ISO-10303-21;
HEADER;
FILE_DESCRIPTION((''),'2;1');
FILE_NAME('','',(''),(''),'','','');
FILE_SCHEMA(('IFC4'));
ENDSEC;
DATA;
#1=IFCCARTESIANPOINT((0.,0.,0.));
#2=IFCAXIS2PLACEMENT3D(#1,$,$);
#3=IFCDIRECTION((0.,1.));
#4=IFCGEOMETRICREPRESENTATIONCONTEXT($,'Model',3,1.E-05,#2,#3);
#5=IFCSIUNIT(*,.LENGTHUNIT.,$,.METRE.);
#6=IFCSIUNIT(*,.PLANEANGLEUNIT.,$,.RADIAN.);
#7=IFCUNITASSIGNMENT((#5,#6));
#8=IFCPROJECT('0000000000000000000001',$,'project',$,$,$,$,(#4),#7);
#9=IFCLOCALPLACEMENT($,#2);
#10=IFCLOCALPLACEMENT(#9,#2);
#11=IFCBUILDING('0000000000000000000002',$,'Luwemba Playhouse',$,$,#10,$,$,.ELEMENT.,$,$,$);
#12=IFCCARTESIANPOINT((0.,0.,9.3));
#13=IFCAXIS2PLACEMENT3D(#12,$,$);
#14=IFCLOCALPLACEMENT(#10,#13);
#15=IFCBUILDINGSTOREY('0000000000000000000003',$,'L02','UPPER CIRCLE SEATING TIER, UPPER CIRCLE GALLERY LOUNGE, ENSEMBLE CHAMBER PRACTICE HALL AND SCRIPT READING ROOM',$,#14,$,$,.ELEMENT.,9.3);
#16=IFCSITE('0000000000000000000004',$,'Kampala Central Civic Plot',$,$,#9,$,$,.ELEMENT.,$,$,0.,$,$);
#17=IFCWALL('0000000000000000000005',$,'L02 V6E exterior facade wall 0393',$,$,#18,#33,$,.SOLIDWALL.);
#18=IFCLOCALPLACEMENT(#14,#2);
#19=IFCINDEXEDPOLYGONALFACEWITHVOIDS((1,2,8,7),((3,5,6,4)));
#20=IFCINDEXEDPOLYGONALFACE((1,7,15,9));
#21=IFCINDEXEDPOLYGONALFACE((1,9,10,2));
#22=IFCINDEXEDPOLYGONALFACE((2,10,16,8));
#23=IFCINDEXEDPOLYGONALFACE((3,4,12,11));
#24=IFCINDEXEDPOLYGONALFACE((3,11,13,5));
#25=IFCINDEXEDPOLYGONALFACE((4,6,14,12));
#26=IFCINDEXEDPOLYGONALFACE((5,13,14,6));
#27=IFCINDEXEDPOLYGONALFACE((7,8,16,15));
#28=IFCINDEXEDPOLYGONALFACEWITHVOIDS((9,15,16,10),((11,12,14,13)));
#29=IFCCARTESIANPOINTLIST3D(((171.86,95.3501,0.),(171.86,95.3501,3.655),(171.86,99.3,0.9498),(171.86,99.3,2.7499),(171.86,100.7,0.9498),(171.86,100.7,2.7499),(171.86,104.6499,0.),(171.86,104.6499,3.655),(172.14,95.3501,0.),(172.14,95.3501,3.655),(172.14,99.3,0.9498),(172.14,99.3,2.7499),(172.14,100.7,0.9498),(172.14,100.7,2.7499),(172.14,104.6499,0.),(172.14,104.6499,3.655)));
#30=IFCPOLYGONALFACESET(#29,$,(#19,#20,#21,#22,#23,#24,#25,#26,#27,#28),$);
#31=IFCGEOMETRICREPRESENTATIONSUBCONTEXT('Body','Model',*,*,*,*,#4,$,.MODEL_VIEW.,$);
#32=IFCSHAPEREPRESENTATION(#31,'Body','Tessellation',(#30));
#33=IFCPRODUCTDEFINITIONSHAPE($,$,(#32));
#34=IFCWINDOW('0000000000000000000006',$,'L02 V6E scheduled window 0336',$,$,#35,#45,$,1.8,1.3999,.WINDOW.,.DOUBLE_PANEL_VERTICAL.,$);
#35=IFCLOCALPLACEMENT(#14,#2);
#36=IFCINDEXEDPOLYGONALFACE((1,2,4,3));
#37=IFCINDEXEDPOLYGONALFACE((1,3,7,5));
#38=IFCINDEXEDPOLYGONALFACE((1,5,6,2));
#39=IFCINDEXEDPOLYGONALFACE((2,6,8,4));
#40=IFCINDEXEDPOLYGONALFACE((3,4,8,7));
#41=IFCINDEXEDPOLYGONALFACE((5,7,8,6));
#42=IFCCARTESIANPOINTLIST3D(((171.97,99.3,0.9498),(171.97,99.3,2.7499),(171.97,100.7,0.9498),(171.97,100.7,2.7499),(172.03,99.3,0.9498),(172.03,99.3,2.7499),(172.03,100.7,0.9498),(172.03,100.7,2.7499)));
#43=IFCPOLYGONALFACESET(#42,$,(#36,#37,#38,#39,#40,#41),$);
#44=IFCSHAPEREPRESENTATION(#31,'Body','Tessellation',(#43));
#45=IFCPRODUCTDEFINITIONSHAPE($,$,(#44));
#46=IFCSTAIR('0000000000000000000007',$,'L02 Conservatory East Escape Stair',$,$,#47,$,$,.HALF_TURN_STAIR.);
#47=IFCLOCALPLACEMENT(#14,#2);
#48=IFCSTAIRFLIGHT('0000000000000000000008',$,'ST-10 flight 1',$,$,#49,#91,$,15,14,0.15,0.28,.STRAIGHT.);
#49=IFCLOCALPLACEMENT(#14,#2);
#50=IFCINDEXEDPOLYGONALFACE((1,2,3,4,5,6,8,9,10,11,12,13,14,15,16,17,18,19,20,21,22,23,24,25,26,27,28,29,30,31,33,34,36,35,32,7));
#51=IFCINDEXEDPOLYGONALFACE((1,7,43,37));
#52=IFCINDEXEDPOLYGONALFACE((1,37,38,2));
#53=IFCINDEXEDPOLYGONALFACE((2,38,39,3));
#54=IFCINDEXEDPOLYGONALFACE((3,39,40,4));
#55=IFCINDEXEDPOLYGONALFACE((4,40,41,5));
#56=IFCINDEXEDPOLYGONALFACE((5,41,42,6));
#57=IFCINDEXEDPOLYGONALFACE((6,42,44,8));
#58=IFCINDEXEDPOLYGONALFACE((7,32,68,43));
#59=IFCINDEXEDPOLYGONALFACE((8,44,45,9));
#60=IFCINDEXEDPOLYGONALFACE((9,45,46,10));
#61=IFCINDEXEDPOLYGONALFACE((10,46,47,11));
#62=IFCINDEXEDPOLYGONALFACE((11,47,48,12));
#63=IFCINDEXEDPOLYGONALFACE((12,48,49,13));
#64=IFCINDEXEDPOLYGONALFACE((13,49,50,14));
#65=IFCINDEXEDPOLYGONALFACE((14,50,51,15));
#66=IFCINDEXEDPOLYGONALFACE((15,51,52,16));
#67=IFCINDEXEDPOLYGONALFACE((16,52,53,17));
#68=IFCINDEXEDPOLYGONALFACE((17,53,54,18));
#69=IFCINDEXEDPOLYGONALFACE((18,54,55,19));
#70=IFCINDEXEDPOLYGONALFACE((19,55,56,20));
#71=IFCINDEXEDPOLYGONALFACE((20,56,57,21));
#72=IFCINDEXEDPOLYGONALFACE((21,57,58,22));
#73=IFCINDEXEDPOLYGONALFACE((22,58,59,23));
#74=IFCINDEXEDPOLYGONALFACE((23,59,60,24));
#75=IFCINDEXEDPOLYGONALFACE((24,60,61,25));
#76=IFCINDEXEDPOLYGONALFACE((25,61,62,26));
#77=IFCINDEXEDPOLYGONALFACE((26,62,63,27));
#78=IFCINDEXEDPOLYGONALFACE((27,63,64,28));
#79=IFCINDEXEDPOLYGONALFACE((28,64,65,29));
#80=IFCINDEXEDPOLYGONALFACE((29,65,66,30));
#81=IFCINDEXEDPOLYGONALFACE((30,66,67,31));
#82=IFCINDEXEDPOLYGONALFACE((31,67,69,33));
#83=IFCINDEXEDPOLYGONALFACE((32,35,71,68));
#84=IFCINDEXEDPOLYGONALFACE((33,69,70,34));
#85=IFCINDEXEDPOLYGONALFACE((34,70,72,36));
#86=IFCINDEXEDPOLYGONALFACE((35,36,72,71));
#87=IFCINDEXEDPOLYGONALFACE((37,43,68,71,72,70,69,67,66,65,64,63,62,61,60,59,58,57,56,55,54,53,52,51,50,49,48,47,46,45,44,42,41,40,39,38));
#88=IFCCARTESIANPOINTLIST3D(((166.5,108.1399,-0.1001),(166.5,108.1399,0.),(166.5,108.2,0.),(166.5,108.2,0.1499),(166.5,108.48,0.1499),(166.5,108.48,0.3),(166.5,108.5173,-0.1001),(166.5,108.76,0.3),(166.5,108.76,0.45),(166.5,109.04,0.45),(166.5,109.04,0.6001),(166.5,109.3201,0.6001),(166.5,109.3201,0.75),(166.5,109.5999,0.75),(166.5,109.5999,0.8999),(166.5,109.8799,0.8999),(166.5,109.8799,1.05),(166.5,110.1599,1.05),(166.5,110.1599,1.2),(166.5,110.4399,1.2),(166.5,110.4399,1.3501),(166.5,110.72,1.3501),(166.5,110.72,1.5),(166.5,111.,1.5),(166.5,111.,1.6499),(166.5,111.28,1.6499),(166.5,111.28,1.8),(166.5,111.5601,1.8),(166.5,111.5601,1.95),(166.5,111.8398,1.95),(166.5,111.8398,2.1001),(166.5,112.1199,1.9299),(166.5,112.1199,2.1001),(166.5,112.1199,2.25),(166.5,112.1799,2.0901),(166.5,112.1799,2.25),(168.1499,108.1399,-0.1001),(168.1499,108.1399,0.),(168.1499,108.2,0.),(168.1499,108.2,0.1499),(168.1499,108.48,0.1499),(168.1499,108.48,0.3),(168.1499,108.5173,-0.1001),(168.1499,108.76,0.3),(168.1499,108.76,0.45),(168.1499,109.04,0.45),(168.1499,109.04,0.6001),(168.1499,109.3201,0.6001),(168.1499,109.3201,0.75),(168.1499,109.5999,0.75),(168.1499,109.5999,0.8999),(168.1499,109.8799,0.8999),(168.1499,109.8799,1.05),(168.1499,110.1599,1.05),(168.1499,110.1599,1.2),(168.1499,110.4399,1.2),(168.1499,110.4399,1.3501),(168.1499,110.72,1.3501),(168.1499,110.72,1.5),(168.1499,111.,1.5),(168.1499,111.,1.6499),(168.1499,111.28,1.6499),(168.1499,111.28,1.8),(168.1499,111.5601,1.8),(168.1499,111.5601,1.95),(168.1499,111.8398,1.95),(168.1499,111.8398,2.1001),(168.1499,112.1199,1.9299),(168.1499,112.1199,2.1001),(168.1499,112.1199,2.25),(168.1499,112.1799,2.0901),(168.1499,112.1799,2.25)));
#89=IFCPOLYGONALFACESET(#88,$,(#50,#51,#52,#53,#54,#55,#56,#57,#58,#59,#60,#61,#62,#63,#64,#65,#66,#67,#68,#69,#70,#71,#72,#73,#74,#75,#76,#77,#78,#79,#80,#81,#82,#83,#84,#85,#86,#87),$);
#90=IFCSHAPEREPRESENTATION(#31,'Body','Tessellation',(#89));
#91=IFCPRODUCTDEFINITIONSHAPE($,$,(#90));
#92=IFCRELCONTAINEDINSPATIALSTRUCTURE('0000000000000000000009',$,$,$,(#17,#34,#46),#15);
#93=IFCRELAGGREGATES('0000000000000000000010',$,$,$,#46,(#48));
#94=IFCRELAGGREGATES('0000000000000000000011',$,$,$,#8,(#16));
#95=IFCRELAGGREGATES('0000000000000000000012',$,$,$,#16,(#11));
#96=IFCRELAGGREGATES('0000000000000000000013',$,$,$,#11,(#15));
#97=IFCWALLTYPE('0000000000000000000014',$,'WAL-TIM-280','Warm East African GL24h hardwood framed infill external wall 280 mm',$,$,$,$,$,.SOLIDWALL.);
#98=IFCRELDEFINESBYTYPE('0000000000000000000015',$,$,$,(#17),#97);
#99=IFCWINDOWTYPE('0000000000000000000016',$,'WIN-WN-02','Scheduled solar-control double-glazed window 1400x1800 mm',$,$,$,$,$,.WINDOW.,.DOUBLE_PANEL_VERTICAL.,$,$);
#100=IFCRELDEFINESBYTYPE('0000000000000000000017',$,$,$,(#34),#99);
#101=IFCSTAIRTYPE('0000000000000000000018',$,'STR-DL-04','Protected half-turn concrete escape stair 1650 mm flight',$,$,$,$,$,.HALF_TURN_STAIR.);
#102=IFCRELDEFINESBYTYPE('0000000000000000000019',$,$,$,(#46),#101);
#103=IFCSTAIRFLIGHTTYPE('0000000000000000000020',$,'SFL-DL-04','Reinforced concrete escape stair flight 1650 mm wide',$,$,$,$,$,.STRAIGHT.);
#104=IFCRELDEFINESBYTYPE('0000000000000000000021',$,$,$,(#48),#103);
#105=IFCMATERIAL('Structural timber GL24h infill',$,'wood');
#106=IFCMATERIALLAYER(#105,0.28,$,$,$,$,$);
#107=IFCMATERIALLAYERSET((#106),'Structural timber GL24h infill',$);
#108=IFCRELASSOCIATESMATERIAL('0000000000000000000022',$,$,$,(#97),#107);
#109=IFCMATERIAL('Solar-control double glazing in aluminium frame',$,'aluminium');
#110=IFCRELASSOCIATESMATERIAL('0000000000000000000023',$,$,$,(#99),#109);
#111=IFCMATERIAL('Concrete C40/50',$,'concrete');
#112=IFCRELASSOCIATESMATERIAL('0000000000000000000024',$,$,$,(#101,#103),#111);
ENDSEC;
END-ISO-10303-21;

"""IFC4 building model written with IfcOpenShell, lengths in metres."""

from ifc_helpers import new_model, si_unit, direction, frame, frame_2d, origin, place, context, subcontext, project, spatial, polyline, rectangle, outline, extrude, material, layer, layer_set, type_object, element, fill, aggregate, save


model = new_model("IFC4")

# Units and contexts
model_context = context("Model", 3, precision=1e-05, world=origin(), true_north=direction((0.0, 1.0)))
body_context = subcontext(model_context, "Body", "Model", "MODEL_VIEW")
ifc_project = project(units=[si_unit("LENGTHUNIT", "METRE"), si_unit("PLANEANGLEUNIT", "RADIAN")], contexts=[model_context])

# Site, building, storey
site_placement = place(None, origin())
site = spatial("IfcSite", under=ifc_project, at=site_placement, Name="Kampala Central Civic Plot", CompositionType="ELEMENT", RefElevation=0.0)
building_placement = place(site_placement, origin())
building = spatial("IfcBuilding", under=site, at=building_placement, Name="Luwemba Playhouse", CompositionType="ELEMENT")
storey_placement = place(building_placement, frame((0.0, 0.0, 9.3)))
storey = spatial("IfcBuildingStorey", under=building, at=storey_placement, Name="L02", Description="UPPER CIRCLE SEATING TIER, UPPER CIRCLE GALLERY LOUNGE, ENSEMBLE CHAMBER PRACTICE HALL AND SCRIPT READING ROOM", CompositionType="ELEMENT", Elevation=9.3)

# Shared definitions
ifc_material_1 = material(Name="Concrete C40/50", Category="concrete")

# Wall, opening, window
ifc_material_2 = material(Name="Structural timber GL24h infill", Category="wood")
ifc_layer_1 = layer(ifc_material_2, 0.28)
ifc_layer_set_1 = layer_set([ifc_layer_1], Name="Structural timber GL24h infill")
wall_type_1 = type_object("IfcWallType", Name="WAL-TIM-280", Description="Warm East African GL24h hardwood framed infill external wall 280 mm", PredefinedType="SOLIDWALL", material=ifc_layer_set_1)
wall_1_placement = place(storey_placement, frame((172.0, 104.6499, 0.0), z_axis=(0.0, 0.0, 1.0), x_axis=(0.0, -1.0, 0.0)))
wall_1 = element("IfcWall", 1, at=wall_1_placement, inside=storey, type_object=wall_type_1, Name="L02 V6E exterior facade wall 0393", PredefinedType="SOLIDWALL", context=body_context, shape_type="SweptSolid", body=[
    extrude(rectangle(XDim=9.2998, YDim=0.28, at=frame_2d((4.6499, 0.0))), origin(), (0.0, 0.0, 1.0), 3.655),
])
opening_1_placement = place(wall_1_placement, frame((3.95, 0.0, 0.95)))
opening_1 = element("IfcOpeningElement", 2, at=opening_1_placement, cuts=wall_1, PredefinedType="OPENING", context=body_context, shape_type="SweptSolid", body=[
    extrude(rectangle(XDim=1.3999, YDim=1.8, at=frame_2d((0.7, 0.8999))), frame((0.0, 0.1499, 0.0), z_axis=(0.0, -1.0, 0.0), x_axis=(1.0, 0.0, 0.0)), (0.0, 0.0, 1.0), 0.3),
])
ifc_material_3 = material(Name="Solar-control double glazing in aluminium frame", Category="aluminium")
window_type = type_object("IfcWindowType", Name="WIN-WN-02", Description="Scheduled solar-control double-glazed window 1400x1800 mm", PartitioningType="DOUBLE_PANEL_VERTICAL", PredefinedType="WINDOW", material=ifc_material_3)
window_placement = place(opening_1_placement, origin())
window = element("IfcWindow", 3, at=window_placement, inside=storey, type_object=window_type, Name="L02 V6E scheduled window 0336", OverallHeight=1.8, OverallWidth=1.3999, PartitioningType="DOUBLE_PANEL_VERTICAL", PredefinedType="WINDOW", context=body_context, shape_type="SweptSolid", body=[
    extrude(rectangle(XDim=1.3999, YDim=1.8, at=frame_2d((0.7, 0.8999))), frame((0.0, 0.03, 0.0), z_axis=(0.0, -1.0, 0.0), x_axis=(1.0, 0.0, 0.0)), (0.0, 0.0, 1.0), 0.0601),
])
fill(opening_1, window)

# Stair, stair flight
stair_type = type_object("IfcStairType", Name="STR-DL-04", Description="Protected half-turn concrete escape stair 1650 mm flight", PredefinedType="HALF_TURN_STAIR", material=ifc_material_1)
stair_placement = place(storey_placement, origin())
stair = element("IfcStair", 4, at=stair_placement, inside=storey, type_object=stair_type, Name="L02 Conservatory East Escape Stair", PredefinedType="HALF_TURN_STAIR")
stair_flight_type = type_object("IfcStairFlightType", Name="SFL-DL-04", Description="Reinforced concrete escape stair flight 1650 mm wide", PredefinedType="STRAIGHT", material=ifc_material_1)
stair_flight_placement = place(storey_placement, frame((167.325, 108.2, 0.0), z_axis=(0.0, 0.0, 1.0), x_axis=(0.0, 1.0, 0.0)))
stair_flight = element("IfcStairFlight", 5, at=stair_flight_placement, type_object=stair_flight_type, Name="ST-10 flight 1", NumberOfRisers=15, NumberOfTreads=14, PredefinedType="STRAIGHT", RiserHeight=0.15, TreadLength=0.28, context=body_context, shape_type="SweptSolid", body=[
    extrude(outline(polyline([(-0.0601, -0.1001), (-0.0601, 0.0), (0.0, 0.0), (0.0, 0.1499), (0.28, 0.1499), (0.28, 0.3), (0.5601, 0.3), (0.5601, 0.45), (0.8401, 0.45), (0.8401, 0.6001), (1.1201, 0.6001), (1.1201, 0.75), (1.3999, 0.75), (1.3999, 0.8999), (1.6799, 0.8999), (1.6799, 1.05), (1.96, 1.05), (1.96, 1.2), (2.24, 1.2), (2.24, 1.3501), (2.52, 1.3501), (2.52, 1.5), (2.8, 1.5), (2.8, 1.6499), (3.0801, 1.6499), (3.0801, 1.8), (3.3601, 1.8), (3.3601, 1.95), (3.6399, 1.95), (3.6399, 2.1001), (3.9199, 2.1001), (3.9199, 2.25), (3.98, 2.25), (3.98, 2.0901), (3.9199, 1.9299), (0.3174, -0.1001), (-0.0601, -0.1001)])), frame((0.0, 0.825, 0.0), z_axis=(0.0, -1.0, 0.0), x_axis=(1.0, 0.0, 0.0)), (0.0, 0.0, 1.0), 1.6499),
])
aggregate(stair, [stair_flight])

save(model, "model.ifc")
